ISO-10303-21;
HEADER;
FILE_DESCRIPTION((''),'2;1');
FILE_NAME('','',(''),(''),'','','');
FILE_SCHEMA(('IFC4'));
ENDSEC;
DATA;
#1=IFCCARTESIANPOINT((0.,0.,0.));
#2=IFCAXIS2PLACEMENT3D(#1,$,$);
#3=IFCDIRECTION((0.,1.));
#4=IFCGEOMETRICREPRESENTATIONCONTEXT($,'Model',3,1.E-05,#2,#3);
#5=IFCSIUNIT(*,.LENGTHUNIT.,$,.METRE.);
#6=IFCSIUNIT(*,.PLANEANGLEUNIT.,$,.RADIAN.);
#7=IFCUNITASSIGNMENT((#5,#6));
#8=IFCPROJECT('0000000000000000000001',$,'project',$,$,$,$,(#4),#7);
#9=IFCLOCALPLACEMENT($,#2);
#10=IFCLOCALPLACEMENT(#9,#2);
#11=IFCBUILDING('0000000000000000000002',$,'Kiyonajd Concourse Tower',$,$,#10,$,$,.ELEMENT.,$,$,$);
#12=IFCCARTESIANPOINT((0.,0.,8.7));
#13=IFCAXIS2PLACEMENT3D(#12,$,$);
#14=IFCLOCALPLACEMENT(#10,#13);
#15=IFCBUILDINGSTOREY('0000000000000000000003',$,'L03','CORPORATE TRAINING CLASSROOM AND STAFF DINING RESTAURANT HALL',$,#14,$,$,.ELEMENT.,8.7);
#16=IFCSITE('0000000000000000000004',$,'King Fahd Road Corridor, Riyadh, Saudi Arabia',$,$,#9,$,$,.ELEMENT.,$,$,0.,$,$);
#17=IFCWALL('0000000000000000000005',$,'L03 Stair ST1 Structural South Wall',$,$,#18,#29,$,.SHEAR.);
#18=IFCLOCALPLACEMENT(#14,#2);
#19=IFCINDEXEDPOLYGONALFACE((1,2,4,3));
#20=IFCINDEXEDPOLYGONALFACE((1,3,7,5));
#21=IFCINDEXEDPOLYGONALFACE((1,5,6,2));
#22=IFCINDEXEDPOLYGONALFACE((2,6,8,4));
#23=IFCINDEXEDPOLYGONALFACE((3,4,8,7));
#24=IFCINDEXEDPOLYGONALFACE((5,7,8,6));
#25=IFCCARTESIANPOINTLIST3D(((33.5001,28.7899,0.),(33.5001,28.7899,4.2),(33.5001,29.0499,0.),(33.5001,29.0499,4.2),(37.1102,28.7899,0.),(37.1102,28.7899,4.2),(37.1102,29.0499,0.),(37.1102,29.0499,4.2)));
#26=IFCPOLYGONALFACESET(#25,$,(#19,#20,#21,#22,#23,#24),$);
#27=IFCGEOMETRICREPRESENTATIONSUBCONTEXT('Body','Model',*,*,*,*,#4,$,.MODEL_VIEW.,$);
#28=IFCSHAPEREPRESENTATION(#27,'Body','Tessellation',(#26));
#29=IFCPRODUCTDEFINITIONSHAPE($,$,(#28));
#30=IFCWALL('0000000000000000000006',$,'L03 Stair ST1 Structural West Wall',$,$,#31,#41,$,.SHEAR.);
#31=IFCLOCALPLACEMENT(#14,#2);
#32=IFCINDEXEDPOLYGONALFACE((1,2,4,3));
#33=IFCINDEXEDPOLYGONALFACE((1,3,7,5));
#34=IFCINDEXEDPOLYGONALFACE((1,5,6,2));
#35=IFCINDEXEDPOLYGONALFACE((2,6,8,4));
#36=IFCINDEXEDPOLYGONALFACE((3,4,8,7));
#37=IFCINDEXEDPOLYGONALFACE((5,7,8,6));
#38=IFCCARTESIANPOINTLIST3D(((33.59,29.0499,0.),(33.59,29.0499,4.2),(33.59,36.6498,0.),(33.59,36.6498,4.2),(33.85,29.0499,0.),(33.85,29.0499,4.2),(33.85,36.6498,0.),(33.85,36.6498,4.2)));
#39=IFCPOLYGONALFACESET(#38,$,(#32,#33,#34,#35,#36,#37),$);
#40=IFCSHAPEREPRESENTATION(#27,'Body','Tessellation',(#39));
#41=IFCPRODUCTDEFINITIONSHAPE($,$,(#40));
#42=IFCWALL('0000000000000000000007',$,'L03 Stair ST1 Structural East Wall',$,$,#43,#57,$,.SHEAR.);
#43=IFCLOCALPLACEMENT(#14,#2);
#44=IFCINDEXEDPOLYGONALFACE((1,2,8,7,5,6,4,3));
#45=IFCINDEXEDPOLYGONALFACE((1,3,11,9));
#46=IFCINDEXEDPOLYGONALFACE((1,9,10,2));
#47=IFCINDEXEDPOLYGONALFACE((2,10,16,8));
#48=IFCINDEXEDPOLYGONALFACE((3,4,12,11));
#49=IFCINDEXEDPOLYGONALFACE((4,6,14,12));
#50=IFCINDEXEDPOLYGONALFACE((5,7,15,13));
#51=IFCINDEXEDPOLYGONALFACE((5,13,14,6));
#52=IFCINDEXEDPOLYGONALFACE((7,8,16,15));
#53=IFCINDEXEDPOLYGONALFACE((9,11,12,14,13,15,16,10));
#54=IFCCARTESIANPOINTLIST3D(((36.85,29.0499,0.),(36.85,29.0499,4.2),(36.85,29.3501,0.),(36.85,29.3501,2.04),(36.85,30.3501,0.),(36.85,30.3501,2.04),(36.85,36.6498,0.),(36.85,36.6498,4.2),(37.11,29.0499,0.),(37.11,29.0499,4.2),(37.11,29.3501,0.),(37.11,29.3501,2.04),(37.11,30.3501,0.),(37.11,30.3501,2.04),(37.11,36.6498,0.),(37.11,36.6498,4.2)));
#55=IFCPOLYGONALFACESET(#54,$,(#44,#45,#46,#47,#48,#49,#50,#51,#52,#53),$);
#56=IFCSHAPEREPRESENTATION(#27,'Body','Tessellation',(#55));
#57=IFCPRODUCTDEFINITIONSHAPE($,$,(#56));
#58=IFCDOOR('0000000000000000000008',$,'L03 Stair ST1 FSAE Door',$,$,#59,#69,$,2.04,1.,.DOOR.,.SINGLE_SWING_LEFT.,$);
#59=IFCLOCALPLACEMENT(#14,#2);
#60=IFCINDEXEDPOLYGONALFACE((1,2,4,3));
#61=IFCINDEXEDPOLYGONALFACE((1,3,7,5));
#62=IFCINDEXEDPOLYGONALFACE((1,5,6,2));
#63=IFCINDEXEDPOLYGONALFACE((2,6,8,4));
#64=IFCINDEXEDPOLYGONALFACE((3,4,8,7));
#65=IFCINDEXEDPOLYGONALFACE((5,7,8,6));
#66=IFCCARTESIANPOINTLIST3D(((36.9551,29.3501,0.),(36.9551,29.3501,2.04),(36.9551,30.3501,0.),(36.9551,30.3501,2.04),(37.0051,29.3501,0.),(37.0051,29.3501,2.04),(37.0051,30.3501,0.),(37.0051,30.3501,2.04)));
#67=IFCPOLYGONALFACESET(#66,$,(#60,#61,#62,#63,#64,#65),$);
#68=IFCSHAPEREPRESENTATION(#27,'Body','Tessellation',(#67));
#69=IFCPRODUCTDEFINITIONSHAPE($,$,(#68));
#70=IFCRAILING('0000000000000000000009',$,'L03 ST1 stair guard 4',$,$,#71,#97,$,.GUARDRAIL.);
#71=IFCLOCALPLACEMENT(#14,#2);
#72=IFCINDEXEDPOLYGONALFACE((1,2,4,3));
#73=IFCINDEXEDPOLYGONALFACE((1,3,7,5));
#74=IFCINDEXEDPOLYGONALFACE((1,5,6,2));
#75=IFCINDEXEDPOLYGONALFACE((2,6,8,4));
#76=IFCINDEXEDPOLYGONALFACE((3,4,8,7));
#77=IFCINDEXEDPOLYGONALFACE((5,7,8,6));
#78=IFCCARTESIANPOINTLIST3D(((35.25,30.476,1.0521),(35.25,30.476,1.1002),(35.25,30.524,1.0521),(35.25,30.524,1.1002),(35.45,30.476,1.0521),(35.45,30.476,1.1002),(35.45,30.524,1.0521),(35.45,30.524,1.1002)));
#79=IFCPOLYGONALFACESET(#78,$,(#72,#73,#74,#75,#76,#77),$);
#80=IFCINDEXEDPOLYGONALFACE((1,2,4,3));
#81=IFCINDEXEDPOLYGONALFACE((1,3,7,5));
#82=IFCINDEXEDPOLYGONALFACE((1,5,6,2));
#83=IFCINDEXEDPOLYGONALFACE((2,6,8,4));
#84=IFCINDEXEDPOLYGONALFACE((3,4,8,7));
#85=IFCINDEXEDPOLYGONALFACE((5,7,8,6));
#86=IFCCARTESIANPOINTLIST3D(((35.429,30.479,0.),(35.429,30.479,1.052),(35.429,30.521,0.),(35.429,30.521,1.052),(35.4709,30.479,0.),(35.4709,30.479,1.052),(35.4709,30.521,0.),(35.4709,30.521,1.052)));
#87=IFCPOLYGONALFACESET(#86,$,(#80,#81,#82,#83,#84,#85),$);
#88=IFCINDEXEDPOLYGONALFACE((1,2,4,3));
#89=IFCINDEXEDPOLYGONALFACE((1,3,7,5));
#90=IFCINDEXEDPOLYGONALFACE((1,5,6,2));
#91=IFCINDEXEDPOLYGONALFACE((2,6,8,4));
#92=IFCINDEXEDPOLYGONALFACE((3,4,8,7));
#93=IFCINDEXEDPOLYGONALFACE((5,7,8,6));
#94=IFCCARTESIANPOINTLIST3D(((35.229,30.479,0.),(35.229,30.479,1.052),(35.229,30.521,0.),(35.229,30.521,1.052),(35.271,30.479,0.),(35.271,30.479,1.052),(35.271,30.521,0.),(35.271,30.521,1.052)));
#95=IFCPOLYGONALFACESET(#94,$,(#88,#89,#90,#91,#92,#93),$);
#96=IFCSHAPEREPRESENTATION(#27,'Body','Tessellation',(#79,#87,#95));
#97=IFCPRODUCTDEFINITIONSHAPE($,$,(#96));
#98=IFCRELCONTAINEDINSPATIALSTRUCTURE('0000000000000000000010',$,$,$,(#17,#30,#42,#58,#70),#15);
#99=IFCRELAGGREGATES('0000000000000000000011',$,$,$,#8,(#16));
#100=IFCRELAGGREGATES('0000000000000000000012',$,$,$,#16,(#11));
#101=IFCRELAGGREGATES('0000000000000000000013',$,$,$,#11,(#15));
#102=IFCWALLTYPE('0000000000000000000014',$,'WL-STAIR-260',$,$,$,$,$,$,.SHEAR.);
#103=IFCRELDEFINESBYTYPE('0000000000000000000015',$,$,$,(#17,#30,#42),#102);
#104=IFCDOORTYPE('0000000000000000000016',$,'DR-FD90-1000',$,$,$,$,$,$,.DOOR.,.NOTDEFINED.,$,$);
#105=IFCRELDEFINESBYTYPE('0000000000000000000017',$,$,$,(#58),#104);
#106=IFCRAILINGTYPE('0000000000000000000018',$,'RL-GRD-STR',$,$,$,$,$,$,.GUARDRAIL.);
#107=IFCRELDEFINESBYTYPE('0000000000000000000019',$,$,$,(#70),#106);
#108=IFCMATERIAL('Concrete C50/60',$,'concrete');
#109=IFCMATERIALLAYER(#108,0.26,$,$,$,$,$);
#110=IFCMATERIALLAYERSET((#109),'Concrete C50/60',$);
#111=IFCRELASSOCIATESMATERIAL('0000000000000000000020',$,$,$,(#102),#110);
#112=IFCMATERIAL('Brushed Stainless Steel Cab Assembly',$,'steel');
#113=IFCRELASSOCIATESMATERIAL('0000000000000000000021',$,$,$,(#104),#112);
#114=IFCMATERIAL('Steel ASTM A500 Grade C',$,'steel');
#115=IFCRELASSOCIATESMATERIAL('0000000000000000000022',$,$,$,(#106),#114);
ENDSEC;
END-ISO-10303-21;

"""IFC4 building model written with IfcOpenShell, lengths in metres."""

from ifc_helpers import new_model, si_unit, direction, frame, frame_2d, origin, origin_2d, place, context, subcontext, project, spatial, rectangle, extrude, material, layer, layer_set, type_object, element, fill, save


model = new_model("IFC4")

# Units and contexts
model_context = context("Model", 3, precision=1e-05, world=origin(), true_north=direction((0.0, 1.0)))
body_context = subcontext(model_context, "Body", "Model", "MODEL_VIEW")
ifc_project = project(units=[si_unit("LENGTHUNIT", "METRE"), si_unit("PLANEANGLEUNIT", "RADIAN")], contexts=[model_context])

# Site, building, storey
site_placement = place(None, origin())
site = spatial("IfcSite", under=ifc_project, at=site_placement, Name="King Fahd Road Corridor, Riyadh, Saudi Arabia", CompositionType="ELEMENT", RefElevation=0.0)
building_placement = place(site_placement, origin())
building = spatial("IfcBuilding", under=site, at=building_placement, Name="Kiyonajd Concourse Tower", CompositionType="ELEMENT")
storey_placement = place(building_placement, frame((0.0, 0.0, 8.7)))
storey = spatial("IfcBuildingStorey", under=building, at=storey_placement, Name="L03", Description="CORPORATE TRAINING CLASSROOM AND STAFF DINING RESTAURANT HALL", CompositionType="ELEMENT", Elevation=8.7)

# Shared definitions
ifc_material_1 = material(Name="Brushed Stainless Steel Cab Assembly", Category="steel")

# Walls
ifc_material_2 = material(Name="Concrete C50/60", Category="concrete")
ifc_layer_1 = layer(ifc_material_2, 0.26)
ifc_layer_set_1 = layer_set([ifc_layer_1], Name="Concrete C50/60")
wall_type_1 = type_object("IfcWallType", Name="WL-STAIR-260", PredefinedType="SHEAR", material=ifc_layer_set_1)
wall_1_placement = place(storey_placement, frame((33.5, 28.9199, 0.0), z_axis=(0.0, 0.0, 1.0), x_axis=(1.0, 0.0, 0.0)))
element("IfcWall", 1, at=wall_1_placement, inside=storey, type_object=wall_type_1, Name="L03 Stair ST1 Structural South Wall", PredefinedType="SHEAR", context=body_context, shape_type="SweptSolid", body=[
    extrude(rectangle(XDim=3.6101, YDim=0.26, at=frame_2d((1.8052, 0.0))), origin(), (0.0, 0.0, 1.0), 4.2),
])
wall_2_placement = place(storey_placement, frame((33.72, 29.05, 0.0), z_axis=(0.0, 0.0, 1.0), x_axis=(0.0, 1.0, 0.0)))
element("IfcWall", 2, at=wall_2_placement, inside=storey, type_object=wall_type_1, Name="L03 Stair ST1 Structural West Wall", PredefinedType="SHEAR", context=body_context, shape_type="SweptSolid", body=[
    extrude(rectangle(XDim=7.5999, YDim=0.26, at=frame_2d((3.7998, 0.0))), origin(), (0.0, 0.0, 1.0), 4.2),
])

# Wall, opening, door
wall_3_placement = place(storey_placement, frame((36.98, 29.05, 0.0), z_axis=(0.0, 0.0, 1.0), x_axis=(0.0, 1.0, 0.0)))
wall_3 = element("IfcWall", 3, at=wall_3_placement, inside=storey, type_object=wall_type_1, Name="L03 Stair ST1 Structural East Wall", PredefinedType="SHEAR", context=body_context, shape_type="SweptSolid", body=[
    extrude(rectangle(XDim=7.5999, YDim=0.26, at=frame_2d((3.7998, 0.0))), origin(), (0.0, 0.0, 1.0), 4.2),
])
opening_1_placement = place(wall_3_placement, frame((0.3, 0.0, 0.0)))
opening_1 = element("IfcOpeningElement", 4, at=opening_1_placement, cuts=wall_3, PredefinedType="OPENING", context=body_context, shape_type="SweptSolid", body=[
    extrude(rectangle(XDim=1.0, YDim=2.04, at=frame_2d((0.5, 1.02))), frame((0.0, 0.1399, 0.0), z_axis=(0.0, -1.0, 0.0), x_axis=(1.0, 0.0, 0.0)), (0.0, 0.0, 1.0), 0.28),
])
door_type_1 = type_object("IfcDoorType", Name="DR-FD90-1000", OperationType="NOTDEFINED", PredefinedType="DOOR", material=ifc_material_1)
door_1_placement = place(opening_1_placement, origin())
door_1 = element("IfcDoor", 5, at=door_1_placement, inside=storey, type_object=door_type_1, Name="L03 Stair ST1 FSAE Door", OperationType="SINGLE_SWING_LEFT", OverallHeight=2.04, OverallWidth=1.0, PredefinedType="DOOR", context=body_context, shape_type="SweptSolid", body=[
    extrude(rectangle(XDim=1.0, YDim=2.04, at=frame_2d((0.5, 1.02))), frame((0.0, 0.0249, 0.0), z_axis=(0.0, -1.0, 0.0), x_axis=(1.0, 0.0, 0.0)), (0.0, 0.0, 1.0), 0.05),
])
fill(opening_1, door_1)

# Railing
ifc_material_3 = material(Name="Steel ASTM A500 Grade C", Category="steel")
railing_type = type_object("IfcRailingType", Name="RL-GRD-STR", PredefinedType="GUARDRAIL", material=ifc_material_3)
railing_placement = place(storey_placement, frame((35.45, 30.5, 0.0)))
element("IfcRailing", 6, at=railing_placement, inside=storey, type_object=railing_type, Name="L03 ST1 stair guard 4", PredefinedType="GUARDRAIL", context=body_context, shape_type="SweptSolid", body=[
    extrude(rectangle(XDim=0.0481, YDim=0.0481, at=origin_2d()), frame((0.0, 0.0, 1.0762), z_axis=(-1.0, 0.0, 0.0), x_axis=(0.0, -1.0, 0.0)), (0.0, 0.0, 1.0), 0.2),
    extrude(rectangle(XDim=0.042, YDim=0.042, at=origin_2d()), origin(), (0.0, 0.0, 1.0), 1.052),
    extrude(rectangle(XDim=0.042, YDim=0.042, at=origin_2d()), frame((-0.2, 0.0, 0.0)), (0.0, 0.0, 1.0), 1.052),
])

save(model, "model.ifc")
